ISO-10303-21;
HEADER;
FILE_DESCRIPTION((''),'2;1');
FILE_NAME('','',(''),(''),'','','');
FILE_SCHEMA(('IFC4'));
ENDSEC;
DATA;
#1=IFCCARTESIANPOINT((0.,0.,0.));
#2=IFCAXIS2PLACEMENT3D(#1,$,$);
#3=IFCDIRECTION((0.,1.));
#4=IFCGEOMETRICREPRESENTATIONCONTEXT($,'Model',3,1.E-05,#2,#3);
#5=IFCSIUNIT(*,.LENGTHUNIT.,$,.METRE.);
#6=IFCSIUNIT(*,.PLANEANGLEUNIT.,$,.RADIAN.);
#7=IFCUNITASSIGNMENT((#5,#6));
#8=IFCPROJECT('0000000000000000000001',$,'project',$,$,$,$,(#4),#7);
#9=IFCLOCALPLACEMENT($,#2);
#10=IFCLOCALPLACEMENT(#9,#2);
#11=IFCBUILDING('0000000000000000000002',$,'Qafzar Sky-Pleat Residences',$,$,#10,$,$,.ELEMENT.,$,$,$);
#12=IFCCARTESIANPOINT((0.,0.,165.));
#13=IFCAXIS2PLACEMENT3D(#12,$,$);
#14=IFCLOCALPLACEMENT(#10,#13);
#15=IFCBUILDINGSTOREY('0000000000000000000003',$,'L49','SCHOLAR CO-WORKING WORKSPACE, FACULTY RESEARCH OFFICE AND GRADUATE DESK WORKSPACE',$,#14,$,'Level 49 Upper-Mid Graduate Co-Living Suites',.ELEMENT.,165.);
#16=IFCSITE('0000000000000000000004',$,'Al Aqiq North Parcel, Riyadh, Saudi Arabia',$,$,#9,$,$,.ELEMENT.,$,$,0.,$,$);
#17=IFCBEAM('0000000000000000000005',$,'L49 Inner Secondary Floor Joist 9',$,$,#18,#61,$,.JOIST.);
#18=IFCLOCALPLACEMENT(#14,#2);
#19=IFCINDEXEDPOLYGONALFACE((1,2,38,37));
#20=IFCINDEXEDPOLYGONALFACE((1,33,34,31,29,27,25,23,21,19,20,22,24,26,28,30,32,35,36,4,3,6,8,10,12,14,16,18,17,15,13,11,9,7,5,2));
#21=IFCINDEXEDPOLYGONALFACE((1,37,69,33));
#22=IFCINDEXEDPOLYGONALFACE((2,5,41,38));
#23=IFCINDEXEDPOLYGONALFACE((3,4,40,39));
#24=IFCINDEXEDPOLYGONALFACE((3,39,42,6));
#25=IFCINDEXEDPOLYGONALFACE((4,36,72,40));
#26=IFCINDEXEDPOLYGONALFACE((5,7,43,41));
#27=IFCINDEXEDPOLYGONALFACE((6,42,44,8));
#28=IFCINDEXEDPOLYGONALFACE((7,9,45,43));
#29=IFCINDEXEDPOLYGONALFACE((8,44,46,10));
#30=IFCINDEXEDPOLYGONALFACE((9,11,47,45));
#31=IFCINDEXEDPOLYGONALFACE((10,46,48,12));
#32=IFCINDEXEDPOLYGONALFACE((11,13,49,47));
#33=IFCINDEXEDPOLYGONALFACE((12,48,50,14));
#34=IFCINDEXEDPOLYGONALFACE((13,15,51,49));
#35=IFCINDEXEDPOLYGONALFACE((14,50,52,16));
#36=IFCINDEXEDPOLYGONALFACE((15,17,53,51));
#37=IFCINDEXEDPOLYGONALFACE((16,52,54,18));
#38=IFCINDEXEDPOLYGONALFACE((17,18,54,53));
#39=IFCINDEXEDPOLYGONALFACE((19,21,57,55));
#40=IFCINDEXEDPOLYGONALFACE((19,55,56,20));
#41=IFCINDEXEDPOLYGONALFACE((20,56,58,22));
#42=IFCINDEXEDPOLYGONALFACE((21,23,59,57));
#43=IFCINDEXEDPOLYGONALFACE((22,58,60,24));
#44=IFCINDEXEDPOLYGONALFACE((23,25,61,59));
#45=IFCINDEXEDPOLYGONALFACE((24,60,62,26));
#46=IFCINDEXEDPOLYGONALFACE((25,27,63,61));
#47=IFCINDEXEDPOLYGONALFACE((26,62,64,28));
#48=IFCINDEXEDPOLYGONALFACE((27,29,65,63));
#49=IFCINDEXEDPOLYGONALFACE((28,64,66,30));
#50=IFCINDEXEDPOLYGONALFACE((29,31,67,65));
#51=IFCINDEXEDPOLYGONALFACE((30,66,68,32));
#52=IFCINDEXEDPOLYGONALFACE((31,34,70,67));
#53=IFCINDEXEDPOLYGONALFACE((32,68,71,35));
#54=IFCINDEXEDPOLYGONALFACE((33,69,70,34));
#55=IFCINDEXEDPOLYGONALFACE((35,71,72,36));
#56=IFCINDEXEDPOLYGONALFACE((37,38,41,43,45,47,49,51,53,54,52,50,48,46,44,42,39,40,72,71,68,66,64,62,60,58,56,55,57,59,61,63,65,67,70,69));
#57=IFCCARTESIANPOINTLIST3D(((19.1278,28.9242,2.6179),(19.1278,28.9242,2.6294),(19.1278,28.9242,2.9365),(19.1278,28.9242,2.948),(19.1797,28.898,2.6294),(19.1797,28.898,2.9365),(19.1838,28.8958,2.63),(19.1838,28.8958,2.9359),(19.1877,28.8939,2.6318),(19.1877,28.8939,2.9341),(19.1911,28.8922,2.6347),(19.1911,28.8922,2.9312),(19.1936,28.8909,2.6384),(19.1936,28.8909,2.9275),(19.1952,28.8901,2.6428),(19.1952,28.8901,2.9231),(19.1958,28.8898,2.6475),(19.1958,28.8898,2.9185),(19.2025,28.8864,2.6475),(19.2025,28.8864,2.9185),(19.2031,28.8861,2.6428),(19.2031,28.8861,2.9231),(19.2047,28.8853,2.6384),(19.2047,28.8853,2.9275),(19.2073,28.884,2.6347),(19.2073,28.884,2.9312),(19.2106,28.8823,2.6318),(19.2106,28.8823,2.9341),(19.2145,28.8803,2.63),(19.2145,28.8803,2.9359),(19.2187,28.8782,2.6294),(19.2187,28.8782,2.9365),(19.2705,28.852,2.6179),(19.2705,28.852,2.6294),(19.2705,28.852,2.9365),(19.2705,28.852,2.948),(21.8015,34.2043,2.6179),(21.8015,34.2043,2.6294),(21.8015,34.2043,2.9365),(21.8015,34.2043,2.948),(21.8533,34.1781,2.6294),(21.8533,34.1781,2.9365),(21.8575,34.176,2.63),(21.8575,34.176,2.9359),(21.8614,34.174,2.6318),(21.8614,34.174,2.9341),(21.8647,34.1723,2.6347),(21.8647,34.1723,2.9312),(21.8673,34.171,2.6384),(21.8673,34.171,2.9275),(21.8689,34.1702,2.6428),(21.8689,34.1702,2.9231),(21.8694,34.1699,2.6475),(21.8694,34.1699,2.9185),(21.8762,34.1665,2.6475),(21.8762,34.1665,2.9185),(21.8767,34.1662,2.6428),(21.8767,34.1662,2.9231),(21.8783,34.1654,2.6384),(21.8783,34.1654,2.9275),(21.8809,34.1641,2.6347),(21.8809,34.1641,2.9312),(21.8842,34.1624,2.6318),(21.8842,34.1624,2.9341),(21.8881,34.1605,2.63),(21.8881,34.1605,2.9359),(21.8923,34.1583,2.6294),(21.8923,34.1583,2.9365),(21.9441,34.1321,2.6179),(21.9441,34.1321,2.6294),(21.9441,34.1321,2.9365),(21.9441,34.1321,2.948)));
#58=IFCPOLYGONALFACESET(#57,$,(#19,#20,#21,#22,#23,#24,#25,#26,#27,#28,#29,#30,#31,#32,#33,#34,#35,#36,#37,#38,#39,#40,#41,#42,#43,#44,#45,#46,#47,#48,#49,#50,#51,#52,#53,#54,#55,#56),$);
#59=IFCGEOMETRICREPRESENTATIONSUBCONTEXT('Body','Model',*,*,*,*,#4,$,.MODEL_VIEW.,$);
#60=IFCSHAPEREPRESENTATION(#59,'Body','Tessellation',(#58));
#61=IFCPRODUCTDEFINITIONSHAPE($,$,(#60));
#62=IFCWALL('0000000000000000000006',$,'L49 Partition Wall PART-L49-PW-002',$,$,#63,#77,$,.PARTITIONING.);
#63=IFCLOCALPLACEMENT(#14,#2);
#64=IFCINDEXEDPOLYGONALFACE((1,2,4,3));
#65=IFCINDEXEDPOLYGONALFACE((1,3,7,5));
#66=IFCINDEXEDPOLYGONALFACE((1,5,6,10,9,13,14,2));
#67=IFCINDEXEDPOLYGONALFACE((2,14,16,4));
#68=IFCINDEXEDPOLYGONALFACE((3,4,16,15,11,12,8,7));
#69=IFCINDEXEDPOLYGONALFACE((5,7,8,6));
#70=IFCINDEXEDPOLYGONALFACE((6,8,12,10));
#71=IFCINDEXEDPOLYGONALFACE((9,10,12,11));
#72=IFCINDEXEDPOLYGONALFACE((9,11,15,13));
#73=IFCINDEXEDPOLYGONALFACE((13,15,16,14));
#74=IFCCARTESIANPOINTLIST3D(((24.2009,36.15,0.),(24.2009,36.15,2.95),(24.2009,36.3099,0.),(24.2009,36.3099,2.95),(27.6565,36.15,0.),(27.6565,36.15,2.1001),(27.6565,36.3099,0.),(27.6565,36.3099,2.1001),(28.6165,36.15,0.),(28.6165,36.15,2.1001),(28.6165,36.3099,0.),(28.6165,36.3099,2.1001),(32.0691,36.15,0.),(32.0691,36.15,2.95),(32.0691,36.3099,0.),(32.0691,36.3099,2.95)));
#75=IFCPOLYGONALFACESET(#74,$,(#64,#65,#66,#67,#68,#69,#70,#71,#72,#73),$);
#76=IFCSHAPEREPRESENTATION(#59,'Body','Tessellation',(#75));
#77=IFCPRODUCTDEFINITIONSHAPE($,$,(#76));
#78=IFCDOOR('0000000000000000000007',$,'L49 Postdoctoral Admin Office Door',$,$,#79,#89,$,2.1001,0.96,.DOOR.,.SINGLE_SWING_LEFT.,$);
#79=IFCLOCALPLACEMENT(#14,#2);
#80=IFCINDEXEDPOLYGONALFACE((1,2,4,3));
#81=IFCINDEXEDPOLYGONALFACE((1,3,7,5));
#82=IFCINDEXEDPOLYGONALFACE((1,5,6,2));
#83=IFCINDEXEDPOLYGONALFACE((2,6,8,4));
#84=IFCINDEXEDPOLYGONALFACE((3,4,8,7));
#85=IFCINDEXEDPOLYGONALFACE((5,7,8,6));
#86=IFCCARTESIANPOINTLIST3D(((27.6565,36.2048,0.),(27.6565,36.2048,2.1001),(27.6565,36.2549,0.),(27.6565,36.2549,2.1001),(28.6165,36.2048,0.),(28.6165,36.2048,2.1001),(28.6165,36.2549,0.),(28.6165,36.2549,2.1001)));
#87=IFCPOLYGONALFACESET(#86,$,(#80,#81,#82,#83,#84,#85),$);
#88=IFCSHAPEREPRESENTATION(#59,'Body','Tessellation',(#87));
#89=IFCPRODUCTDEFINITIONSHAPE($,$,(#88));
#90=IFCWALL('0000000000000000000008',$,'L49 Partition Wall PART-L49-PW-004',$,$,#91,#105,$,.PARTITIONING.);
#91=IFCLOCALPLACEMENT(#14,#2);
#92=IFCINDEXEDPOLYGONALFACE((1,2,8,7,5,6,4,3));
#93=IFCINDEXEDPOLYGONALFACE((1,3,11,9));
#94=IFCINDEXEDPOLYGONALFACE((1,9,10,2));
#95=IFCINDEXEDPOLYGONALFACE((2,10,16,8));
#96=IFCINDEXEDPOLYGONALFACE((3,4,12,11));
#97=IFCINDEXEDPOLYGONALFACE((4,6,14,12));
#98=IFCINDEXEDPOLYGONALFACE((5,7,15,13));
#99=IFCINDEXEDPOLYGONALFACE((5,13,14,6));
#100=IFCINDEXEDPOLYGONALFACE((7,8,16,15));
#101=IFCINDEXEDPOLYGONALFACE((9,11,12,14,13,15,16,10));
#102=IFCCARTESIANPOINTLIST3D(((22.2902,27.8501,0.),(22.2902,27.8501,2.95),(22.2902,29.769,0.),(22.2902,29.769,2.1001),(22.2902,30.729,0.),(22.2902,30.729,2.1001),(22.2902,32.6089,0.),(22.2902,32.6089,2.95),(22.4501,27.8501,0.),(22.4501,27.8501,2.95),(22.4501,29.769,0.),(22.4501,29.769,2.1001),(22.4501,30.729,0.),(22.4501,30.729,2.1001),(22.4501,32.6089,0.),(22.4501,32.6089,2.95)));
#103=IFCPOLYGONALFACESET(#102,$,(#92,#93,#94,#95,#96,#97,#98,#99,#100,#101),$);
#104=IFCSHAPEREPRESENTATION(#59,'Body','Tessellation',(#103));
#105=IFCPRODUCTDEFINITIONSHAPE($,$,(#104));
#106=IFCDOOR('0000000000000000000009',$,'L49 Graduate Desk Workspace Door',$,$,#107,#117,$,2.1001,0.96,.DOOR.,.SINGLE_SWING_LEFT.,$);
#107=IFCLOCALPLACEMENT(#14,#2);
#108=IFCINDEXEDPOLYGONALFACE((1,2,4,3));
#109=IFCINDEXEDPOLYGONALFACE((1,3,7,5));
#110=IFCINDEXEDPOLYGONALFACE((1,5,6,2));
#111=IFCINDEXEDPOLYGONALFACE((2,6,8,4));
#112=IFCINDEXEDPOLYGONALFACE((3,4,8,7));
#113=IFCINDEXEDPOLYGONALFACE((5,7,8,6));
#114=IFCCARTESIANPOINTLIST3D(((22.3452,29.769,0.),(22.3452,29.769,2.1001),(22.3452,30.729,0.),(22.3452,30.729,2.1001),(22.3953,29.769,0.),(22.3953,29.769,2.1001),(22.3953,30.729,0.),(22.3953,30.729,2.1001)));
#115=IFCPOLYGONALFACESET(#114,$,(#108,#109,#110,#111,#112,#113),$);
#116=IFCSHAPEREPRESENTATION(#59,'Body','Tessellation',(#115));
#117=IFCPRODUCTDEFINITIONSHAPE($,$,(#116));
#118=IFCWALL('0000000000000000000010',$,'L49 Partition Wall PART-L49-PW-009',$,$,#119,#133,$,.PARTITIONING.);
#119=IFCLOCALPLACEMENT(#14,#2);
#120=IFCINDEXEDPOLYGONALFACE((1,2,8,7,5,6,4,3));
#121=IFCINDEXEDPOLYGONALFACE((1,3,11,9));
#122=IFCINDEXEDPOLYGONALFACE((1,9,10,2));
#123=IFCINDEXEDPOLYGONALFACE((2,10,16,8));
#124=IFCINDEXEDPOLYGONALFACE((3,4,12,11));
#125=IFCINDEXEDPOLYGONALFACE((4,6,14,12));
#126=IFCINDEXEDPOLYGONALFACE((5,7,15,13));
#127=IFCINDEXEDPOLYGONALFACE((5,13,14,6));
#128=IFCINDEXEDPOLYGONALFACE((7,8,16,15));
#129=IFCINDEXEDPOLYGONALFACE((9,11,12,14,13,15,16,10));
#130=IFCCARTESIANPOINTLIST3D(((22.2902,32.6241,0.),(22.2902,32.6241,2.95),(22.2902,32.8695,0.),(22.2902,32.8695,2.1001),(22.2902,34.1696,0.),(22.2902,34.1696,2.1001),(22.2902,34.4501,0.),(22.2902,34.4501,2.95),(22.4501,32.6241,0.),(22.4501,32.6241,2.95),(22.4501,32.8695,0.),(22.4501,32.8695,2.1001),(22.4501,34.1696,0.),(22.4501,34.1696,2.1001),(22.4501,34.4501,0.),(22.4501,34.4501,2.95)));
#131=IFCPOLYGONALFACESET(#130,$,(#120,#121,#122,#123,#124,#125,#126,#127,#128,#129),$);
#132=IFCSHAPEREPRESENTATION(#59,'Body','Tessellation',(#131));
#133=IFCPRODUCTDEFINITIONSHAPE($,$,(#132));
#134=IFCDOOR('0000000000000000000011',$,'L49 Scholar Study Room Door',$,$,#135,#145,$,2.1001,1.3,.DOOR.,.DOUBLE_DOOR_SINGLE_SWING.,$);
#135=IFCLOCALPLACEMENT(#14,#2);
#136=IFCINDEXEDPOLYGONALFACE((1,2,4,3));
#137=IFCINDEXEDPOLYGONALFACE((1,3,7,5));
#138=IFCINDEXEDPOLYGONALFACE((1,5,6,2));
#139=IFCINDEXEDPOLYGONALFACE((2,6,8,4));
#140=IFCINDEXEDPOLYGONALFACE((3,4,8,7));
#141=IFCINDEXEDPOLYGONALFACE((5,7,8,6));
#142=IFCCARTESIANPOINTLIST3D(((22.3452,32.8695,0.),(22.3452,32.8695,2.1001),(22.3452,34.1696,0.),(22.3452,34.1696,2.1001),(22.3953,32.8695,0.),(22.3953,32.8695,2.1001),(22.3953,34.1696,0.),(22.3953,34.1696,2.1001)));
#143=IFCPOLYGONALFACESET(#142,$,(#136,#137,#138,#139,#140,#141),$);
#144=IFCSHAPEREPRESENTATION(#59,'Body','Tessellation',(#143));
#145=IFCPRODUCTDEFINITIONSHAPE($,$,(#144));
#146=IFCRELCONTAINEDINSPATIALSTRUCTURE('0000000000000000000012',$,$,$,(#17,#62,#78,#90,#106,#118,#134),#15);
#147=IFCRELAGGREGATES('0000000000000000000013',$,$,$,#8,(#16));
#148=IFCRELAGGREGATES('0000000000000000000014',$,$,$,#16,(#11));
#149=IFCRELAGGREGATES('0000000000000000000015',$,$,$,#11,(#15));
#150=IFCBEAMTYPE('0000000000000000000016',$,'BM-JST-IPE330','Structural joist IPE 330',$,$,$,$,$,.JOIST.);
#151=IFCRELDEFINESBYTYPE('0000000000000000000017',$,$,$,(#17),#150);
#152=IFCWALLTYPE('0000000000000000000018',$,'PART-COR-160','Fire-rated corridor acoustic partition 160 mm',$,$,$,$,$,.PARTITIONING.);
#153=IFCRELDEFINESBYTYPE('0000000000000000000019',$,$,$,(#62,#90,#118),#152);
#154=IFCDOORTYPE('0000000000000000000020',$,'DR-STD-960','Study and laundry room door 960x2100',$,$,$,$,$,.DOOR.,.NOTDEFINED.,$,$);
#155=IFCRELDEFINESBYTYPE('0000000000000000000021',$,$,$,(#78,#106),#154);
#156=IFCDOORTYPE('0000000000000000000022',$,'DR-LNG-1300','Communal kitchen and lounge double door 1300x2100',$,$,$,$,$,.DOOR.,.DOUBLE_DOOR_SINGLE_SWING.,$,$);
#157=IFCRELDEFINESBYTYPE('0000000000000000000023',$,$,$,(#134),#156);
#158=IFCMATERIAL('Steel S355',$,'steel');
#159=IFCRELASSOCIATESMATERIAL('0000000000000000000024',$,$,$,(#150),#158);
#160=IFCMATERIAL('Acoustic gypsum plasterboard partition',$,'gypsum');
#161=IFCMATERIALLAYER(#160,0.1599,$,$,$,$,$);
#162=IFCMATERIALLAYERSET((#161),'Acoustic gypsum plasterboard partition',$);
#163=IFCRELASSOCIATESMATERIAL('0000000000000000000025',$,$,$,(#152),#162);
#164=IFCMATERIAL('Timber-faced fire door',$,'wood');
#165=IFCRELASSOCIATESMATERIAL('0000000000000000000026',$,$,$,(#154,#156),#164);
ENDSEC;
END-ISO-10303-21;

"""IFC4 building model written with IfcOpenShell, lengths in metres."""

from ifc_helpers import new_model, si_unit, direction, frame, frame_2d, origin, origin_2d, place, context, subcontext, project, spatial, rectangle, i_section, extrude, source, transform, mapped, material, layer, layer_set, material_profile, profile_set, type_object, element, fill, save


model = new_model("IFC4")

# Units and contexts
model_context = context("Model", 3, precision=1e-05, world=origin(), true_north=direction((0.0, 1.0)))
body_context = subcontext(model_context, "Body", "Model", "MODEL_VIEW")
ifc_project = project(units=[si_unit("LENGTHUNIT", "METRE"), si_unit("PLANEANGLEUNIT", "RADIAN")], contexts=[model_context])

# Site, building, storey
site_placement = place(None, origin())
site = spatial("IfcSite", under=ifc_project, at=site_placement, Name="Al Aqiq North Parcel, Riyadh, Saudi Arabia", CompositionType="ELEMENT", RefElevation=0.0)
building_placement = place(site_placement, origin())
building = spatial("IfcBuilding", under=site, at=building_placement, Name="Qafzar Sky-Pleat Residences", CompositionType="ELEMENT")
storey_placement = place(building_placement, frame((0.0, 0.0, 165.0)))
storey = spatial("IfcBuildingStorey", under=building, at=storey_placement, Name="L49", Description="SCHOLAR CO-WORKING WORKSPACE, FACULTY RESEARCH OFFICE AND GRADUATE DESK WORKSPACE", LongName="Level 49 Upper-Mid Graduate Co-Living Suites", CompositionType="ELEMENT", Elevation=165.0)

# Beam
ifc_material_1 = material(Name="Steel S355", Category="steel")
ifc_material_profile = material_profile(ifc_material_1, i_section(OverallWidth=0.1599, OverallDepth=0.3301, WebThickness=0.0076, FlangeThickness=0.0115, FilletRadius=0.0181, at=origin_2d()), Name="IPE 330")
ifc_profile_set = profile_set([ifc_material_profile], Name="Steel S355")
beam_type = type_object("IfcBeamType", Name="BM-JST-IPE330", Description="Structural joist IPE 330", PredefinedType="JOIST", material=ifc_profile_set)
shared_shape_1 = source(origin(), body_context, "Body", "SweptSolid", [
    extrude(i_section(OverallWidth=0.1599, OverallDepth=0.3301, WebThickness=0.0076, FlangeThickness=0.0115, FilletRadius=0.0181, at=origin_2d()), origin(), (0.0, 0.0, 1.0), 5.9185),
])
beam_placement = place(storey_placement, frame((21.8728, 34.1682, 2.783), z_axis=(-0.451746, -0.892147, 0.0), x_axis=(0.892147, -0.451746, 0.0)))
element("IfcBeam", 1, at=beam_placement, inside=storey, type_object=beam_type, Name="L49 Inner Secondary Floor Joist 9", PredefinedType="JOIST", context=body_context, shape_type="MappedRepresentation", body=[
    mapped(shared_shape_1, transform((0.0, 0.0, 0.0), x_axis=(1.0, 0.0, 0.0), y_axis=(0.0, 1.0, 0.0), z_axis=(0.0, 0.0, 1.0), scale=1.0)),
])

# Walls, openings, doors
ifc_material_2 = material(Name="Acoustic gypsum plasterboard partition", Category="gypsum")
ifc_layer_1 = layer(ifc_material_2, 0.1599)
ifc_layer_set_1 = layer_set([ifc_layer_1], Name="Acoustic gypsum plasterboard partition")
wall_type_1 = type_object("IfcWallType", Name="PART-COR-160", Description="Fire-rated corridor acoustic partition 160 mm", PredefinedType="PARTITIONING", material=ifc_layer_set_1)
wall_1_placement = place(storey_placement, frame((24.2009, 36.23, 0.0), z_axis=(0.0, 0.0, 1.0), x_axis=(1.0, 0.0, 0.0)))
wall_1 = element("IfcWall", 2, at=wall_1_placement, inside=storey, type_object=wall_type_1, Name="L49 Partition Wall PART-L49-PW-002", PredefinedType="PARTITIONING", context=body_context, shape_type="SweptSolid", body=[
    extrude(rectangle(XDim=7.8682, YDim=0.1599, at=frame_2d((3.9341, 0.0))), origin(), (0.0, 0.0, 1.0), 2.95),
])
opening_1_placement = place(wall_1_placement, frame((3.4556, 0.0, 0.0)))
opening_1 = element("IfcOpeningElement", 3, at=opening_1_placement, cuts=wall_1, PredefinedType="OPENING", context=body_context, shape_type="SweptSolid", body=[
    extrude(rectangle(XDim=0.96, YDim=2.1001, at=frame_2d((0.48, 1.05))), frame((0.0, 0.0898, 0.0), z_axis=(0.0, -1.0, 0.0), x_axis=(1.0, 0.0, 0.0)), (0.0, 0.0, 1.0), 0.1799),
])
ifc_material_3 = material(Name="Timber-faced fire door", Category="wood")
door_type_1 = type_object("IfcDoorType", Name="DR-STD-960", Description="Study and laundry room door 960x2100", OperationType="NOTDEFINED", PredefinedType="DOOR", material=ifc_material_3)
shared_shape_2 = source(origin(), body_context, "Body", "SweptSolid", [
    extrude(rectangle(XDim=0.96, YDim=2.1001, at=frame_2d((0.48, 1.05))), frame((0.0, 0.0249, 0.0), z_axis=(0.0, -1.0, 0.0), x_axis=(1.0, 0.0, 0.0)), (0.0, 0.0, 1.0), 0.05),
])
door_1_placement = place(opening_1_placement, origin())
door_1 = element("IfcDoor", 4, at=door_1_placement, inside=storey, type_object=door_type_1, Name="L49 Postdoctoral Admin Office Door", OperationType="SINGLE_SWING_LEFT", OverallHeight=2.1001, OverallWidth=0.96, PredefinedType="DOOR", context=body_context, shape_type="MappedRepresentation", body=[
    mapped(shared_shape_2, transform((0.0, 0.0, 0.0), x_axis=(1.0, 0.0, 0.0), y_axis=(0.0, 1.0, 0.0), z_axis=(0.0, 0.0, 1.0), scale=1.0)),
])
fill(opening_1, door_1)
wall_2_placement = place(storey_placement, frame((22.3701, 27.8501, 0.0), z_axis=(0.0, 0.0, 1.0), x_axis=(0.0, 1.0, 0.0)))
wall_2 = element("IfcWall", 5, at=wall_2_placement, inside=storey, type_object=wall_type_1, Name="L49 Partition Wall PART-L49-PW-004", PredefinedType="PARTITIONING", context=body_context, shape_type="SweptSolid", body=[
    extrude(rectangle(XDim=4.7588, YDim=0.1599, at=frame_2d((2.3794, 0.0))), origin(), (0.0, 0.0, 1.0), 2.95),
])
opening_2_placement = place(wall_2_placement, frame((1.9189, 0.0, 0.0)))
opening_2 = element("IfcOpeningElement", 6, at=opening_2_placement, cuts=wall_2, PredefinedType="OPENING", context=body_context, shape_type="SweptSolid", body=[
    extrude(rectangle(XDim=0.96, YDim=2.1001, at=frame_2d((0.48, 1.05))), frame((0.0, 0.0898, 0.0), z_axis=(0.0, -1.0, 0.0), x_axis=(1.0, 0.0, 0.0)), (0.0, 0.0, 1.0), 0.1799),
])
door_2_placement = place(opening_2_placement, origin())
door_2 = element("IfcDoor", 7, at=door_2_placement, inside=storey, type_object=door_type_1, Name="L49 Graduate Desk Workspace Door", OperationType="SINGLE_SWING_LEFT", OverallHeight=2.1001, OverallWidth=0.96, PredefinedType="DOOR", context=body_context, shape_type="MappedRepresentation", body=[
    mapped(shared_shape_2, transform((0.0, 0.0, 0.0), x_axis=(1.0, 0.0, 0.0), y_axis=(0.0, 1.0, 0.0), z_axis=(0.0, 0.0, 1.0), scale=1.0)),
])
fill(opening_2, door_2)
wall_3_placement = place(storey_placement, frame((22.3701, 32.624, 0.0), z_axis=(0.0, 0.0, 1.0), x_axis=(0.0, 1.0, 0.0)))
wall_3 = element("IfcWall", 8, at=wall_3_placement, inside=storey, type_object=wall_type_1, Name="L49 Partition Wall PART-L49-PW-009", PredefinedType="PARTITIONING", context=body_context, shape_type="SweptSolid", body=[
    extrude(rectangle(XDim=1.8259, YDim=0.1599, at=frame_2d((0.9131, 0.0))), origin(), (0.0, 0.0, 1.0), 2.95),
])
opening_3_placement = place(wall_3_placement, frame((0.2456, 0.0, 0.0)))
opening_3 = element("IfcOpeningElement", 9, at=opening_3_placement, cuts=wall_3, PredefinedType="OPENING", context=body_context, shape_type="SweptSolid", body=[
    extrude(rectangle(XDim=1.3, YDim=2.1001, at=frame_2d((0.6499, 1.05))), frame((0.0, 0.0898, 0.0), z_axis=(0.0, -1.0, 0.0), x_axis=(1.0, 0.0, 0.0)), (0.0, 0.0, 1.0), 0.1799),
])
door_type_2 = type_object("IfcDoorType", Name="DR-LNG-1300", Description="Communal kitchen and lounge double door 1300x2100", OperationType="DOUBLE_DOOR_SINGLE_SWING", PredefinedType="DOOR", material=ifc_material_3)
shared_shape_3 = source(origin(), body_context, "Body", "SweptSolid", [
    extrude(rectangle(XDim=1.3, YDim=2.1001, at=frame_2d((0.6499, 1.05))), frame((0.0, 0.0249, 0.0), z_axis=(0.0, -1.0, 0.0), x_axis=(1.0, 0.0, 0.0)), (0.0, 0.0, 1.0), 0.05),
])
door_3_placement = place(opening_3_placement, origin())
door_3 = element("IfcDoor", 10, at=door_3_placement, inside=storey, type_object=door_type_2, Name="L49 Scholar Study Room Door", OperationType="DOUBLE_DOOR_SINGLE_SWING", OverallHeight=2.1001, OverallWidth=1.3, PredefinedType="DOOR", context=body_context, shape_type="MappedRepresentation", body=[
    mapped(shared_shape_3, transform((0.0, 0.0, 0.0), x_axis=(1.0, 0.0, 0.0), y_axis=(0.0, 1.0, 0.0), z_axis=(0.0, 0.0, 1.0), scale=1.0)),
])
fill(opening_3, door_3)

save(model, "model.ifc")
